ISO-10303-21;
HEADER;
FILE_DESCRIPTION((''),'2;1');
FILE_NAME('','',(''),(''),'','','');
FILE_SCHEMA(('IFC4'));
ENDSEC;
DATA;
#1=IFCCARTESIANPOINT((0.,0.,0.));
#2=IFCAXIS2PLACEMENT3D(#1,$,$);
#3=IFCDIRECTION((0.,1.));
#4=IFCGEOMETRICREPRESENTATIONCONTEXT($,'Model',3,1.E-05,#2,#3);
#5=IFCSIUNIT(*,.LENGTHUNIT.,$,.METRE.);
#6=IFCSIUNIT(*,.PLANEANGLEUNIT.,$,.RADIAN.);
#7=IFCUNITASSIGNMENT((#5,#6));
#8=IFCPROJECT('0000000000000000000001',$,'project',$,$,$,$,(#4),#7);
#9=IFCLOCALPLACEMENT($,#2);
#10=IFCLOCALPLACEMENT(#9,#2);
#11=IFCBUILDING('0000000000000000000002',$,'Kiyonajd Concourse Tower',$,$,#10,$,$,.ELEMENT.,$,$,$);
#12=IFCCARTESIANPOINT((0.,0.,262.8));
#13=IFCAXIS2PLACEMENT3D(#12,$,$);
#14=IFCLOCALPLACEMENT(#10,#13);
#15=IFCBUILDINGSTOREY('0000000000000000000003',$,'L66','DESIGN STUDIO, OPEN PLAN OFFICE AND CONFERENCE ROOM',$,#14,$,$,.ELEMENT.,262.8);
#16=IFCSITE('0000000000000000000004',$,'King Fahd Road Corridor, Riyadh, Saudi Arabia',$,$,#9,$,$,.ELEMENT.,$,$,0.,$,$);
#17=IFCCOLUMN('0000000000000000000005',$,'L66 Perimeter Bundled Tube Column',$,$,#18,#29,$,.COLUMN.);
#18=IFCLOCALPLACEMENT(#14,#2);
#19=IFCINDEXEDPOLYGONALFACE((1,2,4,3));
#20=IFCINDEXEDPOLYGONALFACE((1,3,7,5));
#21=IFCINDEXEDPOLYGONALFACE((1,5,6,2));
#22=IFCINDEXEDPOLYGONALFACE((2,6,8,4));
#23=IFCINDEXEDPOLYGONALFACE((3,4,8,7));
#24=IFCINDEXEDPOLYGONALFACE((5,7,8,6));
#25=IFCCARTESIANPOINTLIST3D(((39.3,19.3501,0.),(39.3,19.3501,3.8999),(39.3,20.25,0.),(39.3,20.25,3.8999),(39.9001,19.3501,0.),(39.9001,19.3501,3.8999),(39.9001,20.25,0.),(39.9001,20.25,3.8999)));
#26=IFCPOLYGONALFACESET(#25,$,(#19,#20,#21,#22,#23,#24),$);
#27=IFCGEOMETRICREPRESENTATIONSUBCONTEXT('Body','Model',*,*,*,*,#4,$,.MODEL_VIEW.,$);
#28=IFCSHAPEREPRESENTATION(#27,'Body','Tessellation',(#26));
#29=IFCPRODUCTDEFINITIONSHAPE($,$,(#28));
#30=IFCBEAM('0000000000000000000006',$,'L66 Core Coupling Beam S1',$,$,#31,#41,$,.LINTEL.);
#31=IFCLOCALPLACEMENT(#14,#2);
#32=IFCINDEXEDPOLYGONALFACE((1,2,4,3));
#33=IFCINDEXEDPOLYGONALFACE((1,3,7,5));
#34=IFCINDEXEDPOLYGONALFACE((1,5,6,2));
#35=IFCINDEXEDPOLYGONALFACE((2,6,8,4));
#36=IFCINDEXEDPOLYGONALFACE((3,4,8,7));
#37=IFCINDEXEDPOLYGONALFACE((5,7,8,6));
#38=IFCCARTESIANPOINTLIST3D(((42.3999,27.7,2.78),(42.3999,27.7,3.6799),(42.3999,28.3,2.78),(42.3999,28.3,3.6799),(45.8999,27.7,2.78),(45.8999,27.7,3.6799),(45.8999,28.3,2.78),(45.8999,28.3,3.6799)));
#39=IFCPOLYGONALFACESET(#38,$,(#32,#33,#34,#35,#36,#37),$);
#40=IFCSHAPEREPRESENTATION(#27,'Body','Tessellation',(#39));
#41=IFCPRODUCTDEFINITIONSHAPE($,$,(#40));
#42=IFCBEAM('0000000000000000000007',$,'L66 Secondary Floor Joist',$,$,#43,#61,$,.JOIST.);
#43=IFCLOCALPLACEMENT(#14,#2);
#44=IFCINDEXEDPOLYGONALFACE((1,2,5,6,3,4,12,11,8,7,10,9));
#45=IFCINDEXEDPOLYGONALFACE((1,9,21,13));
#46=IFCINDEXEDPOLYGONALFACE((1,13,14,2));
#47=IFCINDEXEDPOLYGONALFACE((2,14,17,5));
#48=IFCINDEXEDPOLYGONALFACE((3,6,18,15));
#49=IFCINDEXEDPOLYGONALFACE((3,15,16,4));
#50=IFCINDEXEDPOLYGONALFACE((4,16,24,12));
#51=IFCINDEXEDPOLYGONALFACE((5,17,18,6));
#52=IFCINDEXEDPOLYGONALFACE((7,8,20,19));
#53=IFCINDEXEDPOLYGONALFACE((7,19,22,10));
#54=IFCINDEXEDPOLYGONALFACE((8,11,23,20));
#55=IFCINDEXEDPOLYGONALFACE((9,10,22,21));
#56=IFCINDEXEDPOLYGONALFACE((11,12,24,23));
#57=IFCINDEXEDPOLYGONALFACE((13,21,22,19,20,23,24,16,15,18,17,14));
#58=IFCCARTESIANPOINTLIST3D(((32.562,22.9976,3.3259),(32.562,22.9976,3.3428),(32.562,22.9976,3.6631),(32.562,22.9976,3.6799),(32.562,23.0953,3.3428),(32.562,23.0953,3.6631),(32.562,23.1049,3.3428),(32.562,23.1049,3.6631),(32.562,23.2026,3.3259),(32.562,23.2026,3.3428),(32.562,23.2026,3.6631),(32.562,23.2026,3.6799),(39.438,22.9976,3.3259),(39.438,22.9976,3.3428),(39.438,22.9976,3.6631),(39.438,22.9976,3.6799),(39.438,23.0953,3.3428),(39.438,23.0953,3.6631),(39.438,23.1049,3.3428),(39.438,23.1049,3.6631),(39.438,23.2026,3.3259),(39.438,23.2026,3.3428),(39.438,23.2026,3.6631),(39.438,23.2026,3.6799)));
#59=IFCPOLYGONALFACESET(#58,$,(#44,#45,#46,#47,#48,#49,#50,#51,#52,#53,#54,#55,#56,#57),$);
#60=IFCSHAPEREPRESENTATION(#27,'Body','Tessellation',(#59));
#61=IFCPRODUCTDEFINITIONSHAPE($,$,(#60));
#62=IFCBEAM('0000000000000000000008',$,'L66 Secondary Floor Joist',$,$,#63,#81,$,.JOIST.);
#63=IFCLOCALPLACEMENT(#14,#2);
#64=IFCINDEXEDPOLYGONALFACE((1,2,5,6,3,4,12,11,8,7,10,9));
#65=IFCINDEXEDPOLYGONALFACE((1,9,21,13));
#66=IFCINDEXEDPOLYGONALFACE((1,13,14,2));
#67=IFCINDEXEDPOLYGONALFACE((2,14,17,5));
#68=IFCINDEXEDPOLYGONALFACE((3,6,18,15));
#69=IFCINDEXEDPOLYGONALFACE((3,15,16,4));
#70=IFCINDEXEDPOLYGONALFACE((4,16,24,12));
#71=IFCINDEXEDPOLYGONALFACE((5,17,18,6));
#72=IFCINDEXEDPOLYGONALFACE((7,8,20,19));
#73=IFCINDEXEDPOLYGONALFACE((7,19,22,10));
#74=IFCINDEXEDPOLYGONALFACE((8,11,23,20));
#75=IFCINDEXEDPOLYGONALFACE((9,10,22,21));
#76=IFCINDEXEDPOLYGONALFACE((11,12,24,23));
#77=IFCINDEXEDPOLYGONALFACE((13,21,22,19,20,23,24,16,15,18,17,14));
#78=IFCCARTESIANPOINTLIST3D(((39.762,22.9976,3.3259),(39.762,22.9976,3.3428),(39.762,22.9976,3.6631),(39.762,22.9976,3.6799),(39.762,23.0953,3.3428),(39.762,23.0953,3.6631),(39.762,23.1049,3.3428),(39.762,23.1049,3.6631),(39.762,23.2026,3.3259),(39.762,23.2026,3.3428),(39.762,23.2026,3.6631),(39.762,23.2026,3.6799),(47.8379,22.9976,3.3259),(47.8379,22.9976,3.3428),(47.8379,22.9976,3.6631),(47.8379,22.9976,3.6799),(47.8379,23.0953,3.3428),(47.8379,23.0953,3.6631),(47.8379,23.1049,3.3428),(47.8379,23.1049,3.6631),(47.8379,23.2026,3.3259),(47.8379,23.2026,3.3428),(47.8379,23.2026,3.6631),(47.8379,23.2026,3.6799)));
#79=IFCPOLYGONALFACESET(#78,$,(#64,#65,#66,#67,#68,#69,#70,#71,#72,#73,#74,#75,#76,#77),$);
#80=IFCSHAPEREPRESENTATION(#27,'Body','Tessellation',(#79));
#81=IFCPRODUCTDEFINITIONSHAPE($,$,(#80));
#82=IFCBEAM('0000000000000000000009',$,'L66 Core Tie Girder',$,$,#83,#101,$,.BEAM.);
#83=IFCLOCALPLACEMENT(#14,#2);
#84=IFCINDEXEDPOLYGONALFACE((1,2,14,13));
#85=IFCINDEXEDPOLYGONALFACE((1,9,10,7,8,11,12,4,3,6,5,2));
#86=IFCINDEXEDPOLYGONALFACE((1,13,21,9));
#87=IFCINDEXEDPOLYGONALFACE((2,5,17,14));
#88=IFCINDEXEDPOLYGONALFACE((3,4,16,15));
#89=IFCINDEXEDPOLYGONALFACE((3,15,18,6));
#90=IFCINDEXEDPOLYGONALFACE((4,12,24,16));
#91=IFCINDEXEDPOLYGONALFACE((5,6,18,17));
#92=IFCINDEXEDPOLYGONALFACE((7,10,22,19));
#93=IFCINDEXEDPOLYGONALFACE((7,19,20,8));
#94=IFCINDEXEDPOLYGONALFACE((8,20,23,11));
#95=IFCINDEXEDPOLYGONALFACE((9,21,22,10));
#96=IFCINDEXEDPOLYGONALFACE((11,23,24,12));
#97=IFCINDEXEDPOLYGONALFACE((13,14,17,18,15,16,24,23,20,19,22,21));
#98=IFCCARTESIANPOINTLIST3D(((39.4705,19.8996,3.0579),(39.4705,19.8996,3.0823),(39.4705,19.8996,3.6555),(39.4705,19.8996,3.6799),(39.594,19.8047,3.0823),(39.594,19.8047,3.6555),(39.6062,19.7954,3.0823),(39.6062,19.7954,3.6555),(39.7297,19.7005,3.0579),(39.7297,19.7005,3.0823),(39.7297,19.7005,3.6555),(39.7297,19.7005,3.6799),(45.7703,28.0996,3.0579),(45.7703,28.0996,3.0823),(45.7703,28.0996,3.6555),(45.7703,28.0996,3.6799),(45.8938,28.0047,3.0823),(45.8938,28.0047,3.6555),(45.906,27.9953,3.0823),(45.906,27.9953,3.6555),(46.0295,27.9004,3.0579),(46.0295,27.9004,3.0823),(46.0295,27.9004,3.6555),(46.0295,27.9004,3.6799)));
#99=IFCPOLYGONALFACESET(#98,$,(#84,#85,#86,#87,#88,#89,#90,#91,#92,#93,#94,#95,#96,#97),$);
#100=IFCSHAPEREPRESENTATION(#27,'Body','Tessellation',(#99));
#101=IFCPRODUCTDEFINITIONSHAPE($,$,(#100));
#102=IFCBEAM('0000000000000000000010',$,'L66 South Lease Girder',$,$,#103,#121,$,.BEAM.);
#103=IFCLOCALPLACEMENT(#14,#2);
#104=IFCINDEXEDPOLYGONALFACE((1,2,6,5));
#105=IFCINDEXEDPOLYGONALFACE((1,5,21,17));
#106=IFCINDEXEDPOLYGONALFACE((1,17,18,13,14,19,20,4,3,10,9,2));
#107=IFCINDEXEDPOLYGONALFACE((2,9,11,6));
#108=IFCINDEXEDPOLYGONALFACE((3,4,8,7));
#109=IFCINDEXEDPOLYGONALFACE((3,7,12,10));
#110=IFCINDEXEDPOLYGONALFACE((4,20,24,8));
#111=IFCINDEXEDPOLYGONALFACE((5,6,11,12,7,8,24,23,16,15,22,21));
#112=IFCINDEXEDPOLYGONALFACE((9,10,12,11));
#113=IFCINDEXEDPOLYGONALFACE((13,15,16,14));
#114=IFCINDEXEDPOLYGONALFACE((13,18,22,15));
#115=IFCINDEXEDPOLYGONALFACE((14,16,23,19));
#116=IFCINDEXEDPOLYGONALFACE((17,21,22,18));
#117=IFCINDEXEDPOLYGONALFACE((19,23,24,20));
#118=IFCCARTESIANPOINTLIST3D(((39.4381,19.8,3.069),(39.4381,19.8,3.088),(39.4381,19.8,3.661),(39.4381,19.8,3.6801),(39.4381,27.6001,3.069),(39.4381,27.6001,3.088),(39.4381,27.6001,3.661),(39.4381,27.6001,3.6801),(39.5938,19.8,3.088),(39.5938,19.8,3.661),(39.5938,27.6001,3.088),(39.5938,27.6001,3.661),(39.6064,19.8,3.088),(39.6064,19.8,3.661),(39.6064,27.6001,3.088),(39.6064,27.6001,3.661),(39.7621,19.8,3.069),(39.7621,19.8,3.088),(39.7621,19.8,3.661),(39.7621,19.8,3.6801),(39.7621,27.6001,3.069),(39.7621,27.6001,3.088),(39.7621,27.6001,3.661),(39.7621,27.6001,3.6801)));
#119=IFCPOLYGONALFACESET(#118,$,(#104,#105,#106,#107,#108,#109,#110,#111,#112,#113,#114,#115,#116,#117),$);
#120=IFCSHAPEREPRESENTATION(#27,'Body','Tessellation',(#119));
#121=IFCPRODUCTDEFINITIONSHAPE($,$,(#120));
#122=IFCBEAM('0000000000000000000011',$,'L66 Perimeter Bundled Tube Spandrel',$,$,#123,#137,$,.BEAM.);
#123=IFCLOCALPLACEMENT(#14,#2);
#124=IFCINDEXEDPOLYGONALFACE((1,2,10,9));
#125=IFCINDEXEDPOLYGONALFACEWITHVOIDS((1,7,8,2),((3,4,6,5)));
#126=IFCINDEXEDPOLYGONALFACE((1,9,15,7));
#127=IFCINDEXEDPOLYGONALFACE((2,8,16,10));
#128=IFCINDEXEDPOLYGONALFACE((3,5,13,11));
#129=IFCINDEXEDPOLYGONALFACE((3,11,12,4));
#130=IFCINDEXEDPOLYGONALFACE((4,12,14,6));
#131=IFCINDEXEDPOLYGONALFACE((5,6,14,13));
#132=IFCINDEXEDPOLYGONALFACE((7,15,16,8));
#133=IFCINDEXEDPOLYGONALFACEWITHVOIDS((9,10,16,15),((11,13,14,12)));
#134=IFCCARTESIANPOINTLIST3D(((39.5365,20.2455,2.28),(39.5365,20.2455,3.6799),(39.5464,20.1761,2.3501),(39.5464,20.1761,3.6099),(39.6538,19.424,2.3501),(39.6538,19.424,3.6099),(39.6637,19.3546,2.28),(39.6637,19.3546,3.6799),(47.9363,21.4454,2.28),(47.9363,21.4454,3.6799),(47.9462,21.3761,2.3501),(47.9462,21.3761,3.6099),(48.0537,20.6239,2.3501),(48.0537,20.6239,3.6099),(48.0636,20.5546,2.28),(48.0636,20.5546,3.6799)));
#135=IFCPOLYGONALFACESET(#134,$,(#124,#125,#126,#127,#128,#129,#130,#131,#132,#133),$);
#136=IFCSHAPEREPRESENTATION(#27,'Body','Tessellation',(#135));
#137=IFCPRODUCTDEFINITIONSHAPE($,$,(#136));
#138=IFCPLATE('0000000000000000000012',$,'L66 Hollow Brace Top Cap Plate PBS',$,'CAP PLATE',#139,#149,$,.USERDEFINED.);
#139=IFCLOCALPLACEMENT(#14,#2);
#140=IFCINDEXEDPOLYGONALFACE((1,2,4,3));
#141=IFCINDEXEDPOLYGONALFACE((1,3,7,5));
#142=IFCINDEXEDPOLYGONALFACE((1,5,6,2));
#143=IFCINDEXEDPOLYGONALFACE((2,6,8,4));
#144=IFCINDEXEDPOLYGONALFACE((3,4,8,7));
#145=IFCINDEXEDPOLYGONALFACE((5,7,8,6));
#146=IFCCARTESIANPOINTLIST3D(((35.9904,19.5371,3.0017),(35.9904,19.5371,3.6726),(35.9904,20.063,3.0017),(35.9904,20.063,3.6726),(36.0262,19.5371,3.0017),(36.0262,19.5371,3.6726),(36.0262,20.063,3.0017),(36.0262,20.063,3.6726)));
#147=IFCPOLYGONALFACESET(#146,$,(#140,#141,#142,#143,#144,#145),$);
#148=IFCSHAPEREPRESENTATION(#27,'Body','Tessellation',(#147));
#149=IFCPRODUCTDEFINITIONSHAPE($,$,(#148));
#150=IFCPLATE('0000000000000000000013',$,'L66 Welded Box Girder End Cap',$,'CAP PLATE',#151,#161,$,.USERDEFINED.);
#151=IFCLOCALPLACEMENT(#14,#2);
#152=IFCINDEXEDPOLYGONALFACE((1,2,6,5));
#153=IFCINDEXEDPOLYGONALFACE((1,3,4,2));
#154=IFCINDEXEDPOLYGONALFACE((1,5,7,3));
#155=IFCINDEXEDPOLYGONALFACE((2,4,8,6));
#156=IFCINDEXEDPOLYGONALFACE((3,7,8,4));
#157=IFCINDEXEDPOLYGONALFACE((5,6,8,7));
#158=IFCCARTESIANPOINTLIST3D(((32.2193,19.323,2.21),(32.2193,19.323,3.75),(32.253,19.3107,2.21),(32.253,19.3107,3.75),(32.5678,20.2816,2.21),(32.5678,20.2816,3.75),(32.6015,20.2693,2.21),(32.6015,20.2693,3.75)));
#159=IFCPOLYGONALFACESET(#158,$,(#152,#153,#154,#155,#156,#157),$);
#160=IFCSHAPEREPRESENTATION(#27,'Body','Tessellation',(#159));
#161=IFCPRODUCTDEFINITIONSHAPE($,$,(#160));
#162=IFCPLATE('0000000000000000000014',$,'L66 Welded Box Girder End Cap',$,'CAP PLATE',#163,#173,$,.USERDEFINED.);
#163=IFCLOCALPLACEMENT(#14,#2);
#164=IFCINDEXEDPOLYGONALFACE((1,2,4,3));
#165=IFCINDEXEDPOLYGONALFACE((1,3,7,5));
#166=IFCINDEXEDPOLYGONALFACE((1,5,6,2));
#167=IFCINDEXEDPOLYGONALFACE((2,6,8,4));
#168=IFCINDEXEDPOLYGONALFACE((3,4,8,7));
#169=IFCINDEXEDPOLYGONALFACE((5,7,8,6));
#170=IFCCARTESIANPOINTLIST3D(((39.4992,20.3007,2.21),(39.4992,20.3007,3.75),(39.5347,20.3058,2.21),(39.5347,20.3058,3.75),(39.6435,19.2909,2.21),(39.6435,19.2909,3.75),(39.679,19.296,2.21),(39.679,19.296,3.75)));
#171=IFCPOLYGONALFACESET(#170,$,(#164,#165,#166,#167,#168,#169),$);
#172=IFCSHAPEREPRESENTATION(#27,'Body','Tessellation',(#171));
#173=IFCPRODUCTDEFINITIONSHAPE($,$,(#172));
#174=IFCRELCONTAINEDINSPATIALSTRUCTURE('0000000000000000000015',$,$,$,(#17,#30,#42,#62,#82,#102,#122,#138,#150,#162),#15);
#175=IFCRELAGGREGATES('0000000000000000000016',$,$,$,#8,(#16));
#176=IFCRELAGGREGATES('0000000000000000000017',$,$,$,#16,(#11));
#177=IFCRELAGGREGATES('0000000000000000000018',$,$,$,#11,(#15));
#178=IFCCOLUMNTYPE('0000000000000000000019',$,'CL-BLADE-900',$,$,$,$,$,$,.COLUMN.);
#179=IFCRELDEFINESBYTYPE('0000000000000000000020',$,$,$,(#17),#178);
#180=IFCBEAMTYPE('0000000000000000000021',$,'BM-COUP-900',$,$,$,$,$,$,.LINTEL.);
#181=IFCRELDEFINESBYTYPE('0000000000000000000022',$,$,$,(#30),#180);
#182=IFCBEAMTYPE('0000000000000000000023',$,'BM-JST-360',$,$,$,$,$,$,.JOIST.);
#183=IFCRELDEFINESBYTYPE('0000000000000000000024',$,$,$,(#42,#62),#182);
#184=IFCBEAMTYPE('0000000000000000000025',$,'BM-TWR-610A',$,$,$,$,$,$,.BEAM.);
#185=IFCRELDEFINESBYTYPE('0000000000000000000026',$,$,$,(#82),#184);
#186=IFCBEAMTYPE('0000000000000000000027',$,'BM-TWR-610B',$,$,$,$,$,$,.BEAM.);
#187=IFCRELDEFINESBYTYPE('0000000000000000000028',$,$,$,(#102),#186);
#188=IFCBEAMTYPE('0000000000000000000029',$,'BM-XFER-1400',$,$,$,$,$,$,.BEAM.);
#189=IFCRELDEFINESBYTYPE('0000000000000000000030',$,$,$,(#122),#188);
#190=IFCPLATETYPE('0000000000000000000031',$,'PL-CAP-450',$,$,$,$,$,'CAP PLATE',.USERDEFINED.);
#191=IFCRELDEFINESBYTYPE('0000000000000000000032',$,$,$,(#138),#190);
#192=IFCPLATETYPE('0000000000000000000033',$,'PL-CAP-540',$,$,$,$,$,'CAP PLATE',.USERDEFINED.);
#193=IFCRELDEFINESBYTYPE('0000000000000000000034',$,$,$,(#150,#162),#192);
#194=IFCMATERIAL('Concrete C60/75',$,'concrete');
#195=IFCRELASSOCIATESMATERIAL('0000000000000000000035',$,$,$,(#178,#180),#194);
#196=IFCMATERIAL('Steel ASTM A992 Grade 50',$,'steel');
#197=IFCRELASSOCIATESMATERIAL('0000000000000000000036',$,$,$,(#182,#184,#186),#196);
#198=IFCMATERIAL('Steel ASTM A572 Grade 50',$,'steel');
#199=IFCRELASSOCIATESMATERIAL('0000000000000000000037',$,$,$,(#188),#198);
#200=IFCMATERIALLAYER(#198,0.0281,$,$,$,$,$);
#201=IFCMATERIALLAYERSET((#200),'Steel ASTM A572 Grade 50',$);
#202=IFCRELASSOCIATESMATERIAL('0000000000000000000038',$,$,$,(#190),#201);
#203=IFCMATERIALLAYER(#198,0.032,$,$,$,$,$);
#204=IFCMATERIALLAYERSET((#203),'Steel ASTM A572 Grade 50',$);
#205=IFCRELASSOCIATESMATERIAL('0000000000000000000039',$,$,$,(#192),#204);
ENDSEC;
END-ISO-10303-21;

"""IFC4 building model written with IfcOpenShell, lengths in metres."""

from ifc_helpers import new_model, si_unit, direction, frame, origin, origin_2d, place, context, subcontext, project, spatial, rectangle, hollow_rectangle, i_section, extrude, material, layer, layer_set, material_profile, profile_set, type_object, element, save


model = new_model("IFC4")

# Units and contexts
model_context = context("Model", 3, precision=1e-05, world=origin(), true_north=direction((0.0, 1.0)))
body_context = subcontext(model_context, "Body", "Model", "MODEL_VIEW")
ifc_project = project(units=[si_unit("LENGTHUNIT", "METRE"), si_unit("PLANEANGLEUNIT", "RADIAN")], contexts=[model_context])

# Site, building, storey
site_placement = place(None, origin())
site = spatial("IfcSite", under=ifc_project, at=site_placement, Name="King Fahd Road Corridor, Riyadh, Saudi Arabia", CompositionType="ELEMENT", RefElevation=0.0)
building_placement = place(site_placement, origin())
building = spatial("IfcBuilding", under=site, at=building_placement, Name="Kiyonajd Concourse Tower", CompositionType="ELEMENT")
storey_placement = place(building_placement, frame((0.0, 0.0, 262.8)))
storey = spatial("IfcBuildingStorey", under=building, at=storey_placement, Name="L66", Description="DESIGN STUDIO, OPEN PLAN OFFICE AND CONFERENCE ROOM", CompositionType="ELEMENT", Elevation=262.8)

# Column
ifc_material_1 = material(Name="Concrete C60/75", Category="concrete")
ifc_material_profile_1 = material_profile(ifc_material_1, rectangle(XDim=0.6001, YDim=0.8999, at=origin_2d()), Name="RC-900x600")
ifc_profile_set_1 = profile_set([ifc_material_profile_1], Name="Concrete C60/75")
column_type = type_object("IfcColumnType", Name="CL-BLADE-900", PredefinedType="COLUMN", material=ifc_profile_set_1)
column_placement = place(storey_placement, frame((39.6001, 19.8, 0.0), z_axis=(0.0, 0.0, 1.0), x_axis=(1.0, 0.0, 0.0)))
element("IfcColumn", 1, at=column_placement, inside=storey, type_object=column_type, Name="L66 Perimeter Bundled Tube Column", PredefinedType="COLUMN", context=body_context, shape_type="SweptSolid", body=[
    extrude(rectangle(XDim=0.6001, YDim=0.8999, at=origin_2d()), origin(), (0.0, 0.0, 1.0), 3.8999),
])

# Beams
ifc_material_profile_2 = material_profile(ifc_material_1, rectangle(XDim=0.6001, YDim=0.8999, at=origin_2d()), Name="RCBM-600x900")
ifc_profile_set_2 = profile_set([ifc_material_profile_2], Name="Concrete C60/75")
beam_type_1 = type_object("IfcBeamType", Name="BM-COUP-900", PredefinedType="LINTEL", material=ifc_profile_set_2)
beam_1_placement = place(storey_placement, frame((42.3999, 28.0, 3.23), z_axis=(1.0, 0.0, 0.0), x_axis=(0.0, 1.0, 0.0)))
element("IfcBeam", 2, at=beam_1_placement, inside=storey, type_object=beam_type_1, Name="L66 Core Coupling Beam S1", PredefinedType="LINTEL", context=body_context, shape_type="SweptSolid", body=[
    extrude(rectangle(XDim=0.6001, YDim=0.8999, at=origin_2d()), origin(), (0.0, 0.0, 1.0), 3.5),
])
ifc_material_2 = material(Name="Steel ASTM A992 Grade 50", Category="steel")
ifc_material_profile_3 = material_profile(ifc_material_2, i_section(OverallWidth=0.2051, OverallDepth=0.354, WebThickness=0.0095, FlangeThickness=0.0168, at=origin_2d()), Name="W360X79")
ifc_profile_set_3 = profile_set([ifc_material_profile_3], Name="Steel ASTM A992 Grade 50")
beam_type_2 = type_object("IfcBeamType", Name="BM-JST-360", PredefinedType="JOIST", material=ifc_profile_set_3)
beam_2_placement = place(storey_placement, frame((32.562, 23.1001, 3.5029), z_axis=(1.0, 0.0, 0.0), x_axis=(0.0, 1.0, 0.0)))
element("IfcBeam", 3, at=beam_2_placement, inside=storey, type_object=beam_type_2, Name="L66 Secondary Floor Joist", PredefinedType="JOIST", context=body_context, shape_type="SweptSolid", body=[
    extrude(i_section(OverallWidth=0.2051, OverallDepth=0.354, WebThickness=0.0095, FlangeThickness=0.0168, at=origin_2d()), origin(), (0.0, 0.0, 1.0), 6.876),
])
beam_3_placement = place(storey_placement, frame((39.762, 23.1001, 3.5029), z_axis=(1.0, 0.0, 0.0), x_axis=(0.0, 1.0, 0.0)))
element("IfcBeam", 4, at=beam_3_placement, inside=storey, type_object=beam_type_2, Name="L66 Secondary Floor Joist", PredefinedType="JOIST", context=body_context, shape_type="SweptSolid", body=[
    extrude(i_section(OverallWidth=0.2051, OverallDepth=0.354, WebThickness=0.0095, FlangeThickness=0.0168, at=origin_2d()), origin(), (0.0, 0.0, 1.0), 8.0759),
])
ifc_material_profile_4 = material_profile(ifc_material_2, i_section(OverallWidth=0.3269, OverallDepth=0.6221, WebThickness=0.0154, FlangeThickness=0.0244, at=origin_2d()), Name="W610X195")
ifc_profile_set_4 = profile_set([ifc_material_profile_4], Name="Steel ASTM A992 Grade 50")
beam_type_3 = type_object("IfcBeamType", Name="BM-TWR-610A", PredefinedType="BEAM", material=ifc_profile_set_4)
beam_4_placement = place(storey_placement, frame((39.6001, 19.8, 3.3689), z_axis=(0.609234, 0.792991, 0.0), x_axis=(-0.792991, 0.609234, 0.0)))
element("IfcBeam", 5, at=beam_4_placement, inside=storey, type_object=beam_type_3, Name="L66 Core Tie Girder", PredefinedType="BEAM", context=body_context, shape_type="SweptSolid", body=[
    extrude(i_section(OverallWidth=0.3269, OverallDepth=0.6221, WebThickness=0.0154, FlangeThickness=0.0244, at=origin_2d()), origin(), (0.0, 0.0, 1.0), 10.3406),
])
ifc_material_profile_5 = material_profile(ifc_material_2, i_section(OverallWidth=0.324, OverallDepth=0.6111, WebThickness=0.0127, FlangeThickness=0.019, at=origin_2d()), Name="W610X155")
ifc_profile_set_5 = profile_set([ifc_material_profile_5], Name="Steel ASTM A992 Grade 50")
beam_type_4 = type_object("IfcBeamType", Name="BM-TWR-610B", PredefinedType="BEAM", material=ifc_profile_set_5)
beam_5_placement = place(storey_placement, frame((39.6001, 19.8, 3.3745), z_axis=(0.0, 1.0, 0.0), x_axis=(-1.0, 0.0, 0.0)))
element("IfcBeam", 6, at=beam_5_placement, inside=storey, type_object=beam_type_4, Name="L66 South Lease Girder", PredefinedType="BEAM", context=body_context, shape_type="SweptSolid", body=[
    extrude(i_section(OverallWidth=0.324, OverallDepth=0.6111, WebThickness=0.0127, FlangeThickness=0.019, at=origin_2d()), origin(), (0.0, 0.0, 1.0), 7.8),
])
ifc_material_3 = material(Name="Steel ASTM A572 Grade 50", Category="steel")
ifc_material_profile_6 = material_profile(ifc_material_3, hollow_rectangle(XDim=0.8999, YDim=1.3999, WallThickness=0.0701, at=origin_2d()), Name="BOX-1400x900x70")
ifc_profile_set_6 = profile_set([ifc_material_profile_6], Name="Steel ASTM A572 Grade 50")
beam_type_5 = type_object("IfcBeamType", Name="BM-XFER-1400", PredefinedType="BEAM", material=ifc_profile_set_6)
beam_6_placement = place(storey_placement, frame((39.6001, 19.8, 2.98), z_axis=(0.98995, 0.141417, 0.0), x_axis=(-0.141417, 0.98995, 0.0)))
element("IfcBeam", 7, at=beam_6_placement, inside=storey, type_object=beam_type_5, Name="L66 Perimeter Bundled Tube Spandrel", PredefinedType="BEAM", context=body_context, shape_type="SweptSolid", body=[
    extrude(hollow_rectangle(XDim=0.8999, YDim=1.3999, WallThickness=0.0701, at=origin_2d()), origin(), (0.0, 0.0, 1.0), 8.4851),
])

# Plates
ifc_layer_1 = layer(ifc_material_3, 0.0281)
ifc_layer_set_1 = layer_set([ifc_layer_1], Name="Steel ASTM A572 Grade 50")
plate_type_1 = type_object("IfcPlateType", Name="PL-CAP-450", ElementType="CAP PLATE", PredefinedType="USERDEFINED", material=ifc_layer_set_1)
plate_1_placement = place(storey_placement, frame((36.0083, 19.8, 3.0017), z_axis=(0.0, 0.0, 1.0), x_axis=(1.0, 0.0, 0.0)))
element("IfcPlate", 8, at=plate_1_placement, inside=storey, type_object=plate_type_1, Name="L66 Hollow Brace Top Cap Plate PBS", ObjectType="CAP PLATE", PredefinedType="USERDEFINED", context=body_context, shape_type="SweptSolid", body=[
    extrude(rectangle(XDim=0.0359, YDim=0.5259, at=origin_2d()), origin(), (0.0, 0.0, 1.0), 0.6709),
])
ifc_layer_2 = layer(ifc_material_3, 0.032)
ifc_layer_set_2 = layer_set([ifc_layer_2], Name="Steel ASTM A572 Grade 50")
plate_type_2 = type_object("IfcPlateType", Name="PL-CAP-540", ElementType="CAP PLATE", PredefinedType="USERDEFINED", material=ifc_layer_set_2)
for number, where, z_axis, x_axis, name in (
    (9, (32.4104, 19.7961, 2.21), (0.0, 0.0, 1.0), (0.939812, -0.341692, 0.0), "L66 Welded Box Girder End Cap"),
    (10, (39.5891, 19.7983, 2.21), (0.0, 0.0, 1.0), (-0.98995, -0.14142, 0.0), "L66 Welded Box Girder End Cap"),
):
    element("IfcPlate", number, at=place(storey_placement, frame(where, z_axis=z_axis, x_axis=x_axis)), inside=storey, type_object=plate_type_2, Name=name, ObjectType="CAP PLATE", PredefinedType="USERDEFINED", context=body_context, shape_type="SweptSolid", body=[
        extrude(rectangle(XDim=0.0359, YDim=1.02, at=origin_2d()), origin(), (0.0, 0.0, 1.0), 1.54),
    ])

save(model, "model.ifc")
